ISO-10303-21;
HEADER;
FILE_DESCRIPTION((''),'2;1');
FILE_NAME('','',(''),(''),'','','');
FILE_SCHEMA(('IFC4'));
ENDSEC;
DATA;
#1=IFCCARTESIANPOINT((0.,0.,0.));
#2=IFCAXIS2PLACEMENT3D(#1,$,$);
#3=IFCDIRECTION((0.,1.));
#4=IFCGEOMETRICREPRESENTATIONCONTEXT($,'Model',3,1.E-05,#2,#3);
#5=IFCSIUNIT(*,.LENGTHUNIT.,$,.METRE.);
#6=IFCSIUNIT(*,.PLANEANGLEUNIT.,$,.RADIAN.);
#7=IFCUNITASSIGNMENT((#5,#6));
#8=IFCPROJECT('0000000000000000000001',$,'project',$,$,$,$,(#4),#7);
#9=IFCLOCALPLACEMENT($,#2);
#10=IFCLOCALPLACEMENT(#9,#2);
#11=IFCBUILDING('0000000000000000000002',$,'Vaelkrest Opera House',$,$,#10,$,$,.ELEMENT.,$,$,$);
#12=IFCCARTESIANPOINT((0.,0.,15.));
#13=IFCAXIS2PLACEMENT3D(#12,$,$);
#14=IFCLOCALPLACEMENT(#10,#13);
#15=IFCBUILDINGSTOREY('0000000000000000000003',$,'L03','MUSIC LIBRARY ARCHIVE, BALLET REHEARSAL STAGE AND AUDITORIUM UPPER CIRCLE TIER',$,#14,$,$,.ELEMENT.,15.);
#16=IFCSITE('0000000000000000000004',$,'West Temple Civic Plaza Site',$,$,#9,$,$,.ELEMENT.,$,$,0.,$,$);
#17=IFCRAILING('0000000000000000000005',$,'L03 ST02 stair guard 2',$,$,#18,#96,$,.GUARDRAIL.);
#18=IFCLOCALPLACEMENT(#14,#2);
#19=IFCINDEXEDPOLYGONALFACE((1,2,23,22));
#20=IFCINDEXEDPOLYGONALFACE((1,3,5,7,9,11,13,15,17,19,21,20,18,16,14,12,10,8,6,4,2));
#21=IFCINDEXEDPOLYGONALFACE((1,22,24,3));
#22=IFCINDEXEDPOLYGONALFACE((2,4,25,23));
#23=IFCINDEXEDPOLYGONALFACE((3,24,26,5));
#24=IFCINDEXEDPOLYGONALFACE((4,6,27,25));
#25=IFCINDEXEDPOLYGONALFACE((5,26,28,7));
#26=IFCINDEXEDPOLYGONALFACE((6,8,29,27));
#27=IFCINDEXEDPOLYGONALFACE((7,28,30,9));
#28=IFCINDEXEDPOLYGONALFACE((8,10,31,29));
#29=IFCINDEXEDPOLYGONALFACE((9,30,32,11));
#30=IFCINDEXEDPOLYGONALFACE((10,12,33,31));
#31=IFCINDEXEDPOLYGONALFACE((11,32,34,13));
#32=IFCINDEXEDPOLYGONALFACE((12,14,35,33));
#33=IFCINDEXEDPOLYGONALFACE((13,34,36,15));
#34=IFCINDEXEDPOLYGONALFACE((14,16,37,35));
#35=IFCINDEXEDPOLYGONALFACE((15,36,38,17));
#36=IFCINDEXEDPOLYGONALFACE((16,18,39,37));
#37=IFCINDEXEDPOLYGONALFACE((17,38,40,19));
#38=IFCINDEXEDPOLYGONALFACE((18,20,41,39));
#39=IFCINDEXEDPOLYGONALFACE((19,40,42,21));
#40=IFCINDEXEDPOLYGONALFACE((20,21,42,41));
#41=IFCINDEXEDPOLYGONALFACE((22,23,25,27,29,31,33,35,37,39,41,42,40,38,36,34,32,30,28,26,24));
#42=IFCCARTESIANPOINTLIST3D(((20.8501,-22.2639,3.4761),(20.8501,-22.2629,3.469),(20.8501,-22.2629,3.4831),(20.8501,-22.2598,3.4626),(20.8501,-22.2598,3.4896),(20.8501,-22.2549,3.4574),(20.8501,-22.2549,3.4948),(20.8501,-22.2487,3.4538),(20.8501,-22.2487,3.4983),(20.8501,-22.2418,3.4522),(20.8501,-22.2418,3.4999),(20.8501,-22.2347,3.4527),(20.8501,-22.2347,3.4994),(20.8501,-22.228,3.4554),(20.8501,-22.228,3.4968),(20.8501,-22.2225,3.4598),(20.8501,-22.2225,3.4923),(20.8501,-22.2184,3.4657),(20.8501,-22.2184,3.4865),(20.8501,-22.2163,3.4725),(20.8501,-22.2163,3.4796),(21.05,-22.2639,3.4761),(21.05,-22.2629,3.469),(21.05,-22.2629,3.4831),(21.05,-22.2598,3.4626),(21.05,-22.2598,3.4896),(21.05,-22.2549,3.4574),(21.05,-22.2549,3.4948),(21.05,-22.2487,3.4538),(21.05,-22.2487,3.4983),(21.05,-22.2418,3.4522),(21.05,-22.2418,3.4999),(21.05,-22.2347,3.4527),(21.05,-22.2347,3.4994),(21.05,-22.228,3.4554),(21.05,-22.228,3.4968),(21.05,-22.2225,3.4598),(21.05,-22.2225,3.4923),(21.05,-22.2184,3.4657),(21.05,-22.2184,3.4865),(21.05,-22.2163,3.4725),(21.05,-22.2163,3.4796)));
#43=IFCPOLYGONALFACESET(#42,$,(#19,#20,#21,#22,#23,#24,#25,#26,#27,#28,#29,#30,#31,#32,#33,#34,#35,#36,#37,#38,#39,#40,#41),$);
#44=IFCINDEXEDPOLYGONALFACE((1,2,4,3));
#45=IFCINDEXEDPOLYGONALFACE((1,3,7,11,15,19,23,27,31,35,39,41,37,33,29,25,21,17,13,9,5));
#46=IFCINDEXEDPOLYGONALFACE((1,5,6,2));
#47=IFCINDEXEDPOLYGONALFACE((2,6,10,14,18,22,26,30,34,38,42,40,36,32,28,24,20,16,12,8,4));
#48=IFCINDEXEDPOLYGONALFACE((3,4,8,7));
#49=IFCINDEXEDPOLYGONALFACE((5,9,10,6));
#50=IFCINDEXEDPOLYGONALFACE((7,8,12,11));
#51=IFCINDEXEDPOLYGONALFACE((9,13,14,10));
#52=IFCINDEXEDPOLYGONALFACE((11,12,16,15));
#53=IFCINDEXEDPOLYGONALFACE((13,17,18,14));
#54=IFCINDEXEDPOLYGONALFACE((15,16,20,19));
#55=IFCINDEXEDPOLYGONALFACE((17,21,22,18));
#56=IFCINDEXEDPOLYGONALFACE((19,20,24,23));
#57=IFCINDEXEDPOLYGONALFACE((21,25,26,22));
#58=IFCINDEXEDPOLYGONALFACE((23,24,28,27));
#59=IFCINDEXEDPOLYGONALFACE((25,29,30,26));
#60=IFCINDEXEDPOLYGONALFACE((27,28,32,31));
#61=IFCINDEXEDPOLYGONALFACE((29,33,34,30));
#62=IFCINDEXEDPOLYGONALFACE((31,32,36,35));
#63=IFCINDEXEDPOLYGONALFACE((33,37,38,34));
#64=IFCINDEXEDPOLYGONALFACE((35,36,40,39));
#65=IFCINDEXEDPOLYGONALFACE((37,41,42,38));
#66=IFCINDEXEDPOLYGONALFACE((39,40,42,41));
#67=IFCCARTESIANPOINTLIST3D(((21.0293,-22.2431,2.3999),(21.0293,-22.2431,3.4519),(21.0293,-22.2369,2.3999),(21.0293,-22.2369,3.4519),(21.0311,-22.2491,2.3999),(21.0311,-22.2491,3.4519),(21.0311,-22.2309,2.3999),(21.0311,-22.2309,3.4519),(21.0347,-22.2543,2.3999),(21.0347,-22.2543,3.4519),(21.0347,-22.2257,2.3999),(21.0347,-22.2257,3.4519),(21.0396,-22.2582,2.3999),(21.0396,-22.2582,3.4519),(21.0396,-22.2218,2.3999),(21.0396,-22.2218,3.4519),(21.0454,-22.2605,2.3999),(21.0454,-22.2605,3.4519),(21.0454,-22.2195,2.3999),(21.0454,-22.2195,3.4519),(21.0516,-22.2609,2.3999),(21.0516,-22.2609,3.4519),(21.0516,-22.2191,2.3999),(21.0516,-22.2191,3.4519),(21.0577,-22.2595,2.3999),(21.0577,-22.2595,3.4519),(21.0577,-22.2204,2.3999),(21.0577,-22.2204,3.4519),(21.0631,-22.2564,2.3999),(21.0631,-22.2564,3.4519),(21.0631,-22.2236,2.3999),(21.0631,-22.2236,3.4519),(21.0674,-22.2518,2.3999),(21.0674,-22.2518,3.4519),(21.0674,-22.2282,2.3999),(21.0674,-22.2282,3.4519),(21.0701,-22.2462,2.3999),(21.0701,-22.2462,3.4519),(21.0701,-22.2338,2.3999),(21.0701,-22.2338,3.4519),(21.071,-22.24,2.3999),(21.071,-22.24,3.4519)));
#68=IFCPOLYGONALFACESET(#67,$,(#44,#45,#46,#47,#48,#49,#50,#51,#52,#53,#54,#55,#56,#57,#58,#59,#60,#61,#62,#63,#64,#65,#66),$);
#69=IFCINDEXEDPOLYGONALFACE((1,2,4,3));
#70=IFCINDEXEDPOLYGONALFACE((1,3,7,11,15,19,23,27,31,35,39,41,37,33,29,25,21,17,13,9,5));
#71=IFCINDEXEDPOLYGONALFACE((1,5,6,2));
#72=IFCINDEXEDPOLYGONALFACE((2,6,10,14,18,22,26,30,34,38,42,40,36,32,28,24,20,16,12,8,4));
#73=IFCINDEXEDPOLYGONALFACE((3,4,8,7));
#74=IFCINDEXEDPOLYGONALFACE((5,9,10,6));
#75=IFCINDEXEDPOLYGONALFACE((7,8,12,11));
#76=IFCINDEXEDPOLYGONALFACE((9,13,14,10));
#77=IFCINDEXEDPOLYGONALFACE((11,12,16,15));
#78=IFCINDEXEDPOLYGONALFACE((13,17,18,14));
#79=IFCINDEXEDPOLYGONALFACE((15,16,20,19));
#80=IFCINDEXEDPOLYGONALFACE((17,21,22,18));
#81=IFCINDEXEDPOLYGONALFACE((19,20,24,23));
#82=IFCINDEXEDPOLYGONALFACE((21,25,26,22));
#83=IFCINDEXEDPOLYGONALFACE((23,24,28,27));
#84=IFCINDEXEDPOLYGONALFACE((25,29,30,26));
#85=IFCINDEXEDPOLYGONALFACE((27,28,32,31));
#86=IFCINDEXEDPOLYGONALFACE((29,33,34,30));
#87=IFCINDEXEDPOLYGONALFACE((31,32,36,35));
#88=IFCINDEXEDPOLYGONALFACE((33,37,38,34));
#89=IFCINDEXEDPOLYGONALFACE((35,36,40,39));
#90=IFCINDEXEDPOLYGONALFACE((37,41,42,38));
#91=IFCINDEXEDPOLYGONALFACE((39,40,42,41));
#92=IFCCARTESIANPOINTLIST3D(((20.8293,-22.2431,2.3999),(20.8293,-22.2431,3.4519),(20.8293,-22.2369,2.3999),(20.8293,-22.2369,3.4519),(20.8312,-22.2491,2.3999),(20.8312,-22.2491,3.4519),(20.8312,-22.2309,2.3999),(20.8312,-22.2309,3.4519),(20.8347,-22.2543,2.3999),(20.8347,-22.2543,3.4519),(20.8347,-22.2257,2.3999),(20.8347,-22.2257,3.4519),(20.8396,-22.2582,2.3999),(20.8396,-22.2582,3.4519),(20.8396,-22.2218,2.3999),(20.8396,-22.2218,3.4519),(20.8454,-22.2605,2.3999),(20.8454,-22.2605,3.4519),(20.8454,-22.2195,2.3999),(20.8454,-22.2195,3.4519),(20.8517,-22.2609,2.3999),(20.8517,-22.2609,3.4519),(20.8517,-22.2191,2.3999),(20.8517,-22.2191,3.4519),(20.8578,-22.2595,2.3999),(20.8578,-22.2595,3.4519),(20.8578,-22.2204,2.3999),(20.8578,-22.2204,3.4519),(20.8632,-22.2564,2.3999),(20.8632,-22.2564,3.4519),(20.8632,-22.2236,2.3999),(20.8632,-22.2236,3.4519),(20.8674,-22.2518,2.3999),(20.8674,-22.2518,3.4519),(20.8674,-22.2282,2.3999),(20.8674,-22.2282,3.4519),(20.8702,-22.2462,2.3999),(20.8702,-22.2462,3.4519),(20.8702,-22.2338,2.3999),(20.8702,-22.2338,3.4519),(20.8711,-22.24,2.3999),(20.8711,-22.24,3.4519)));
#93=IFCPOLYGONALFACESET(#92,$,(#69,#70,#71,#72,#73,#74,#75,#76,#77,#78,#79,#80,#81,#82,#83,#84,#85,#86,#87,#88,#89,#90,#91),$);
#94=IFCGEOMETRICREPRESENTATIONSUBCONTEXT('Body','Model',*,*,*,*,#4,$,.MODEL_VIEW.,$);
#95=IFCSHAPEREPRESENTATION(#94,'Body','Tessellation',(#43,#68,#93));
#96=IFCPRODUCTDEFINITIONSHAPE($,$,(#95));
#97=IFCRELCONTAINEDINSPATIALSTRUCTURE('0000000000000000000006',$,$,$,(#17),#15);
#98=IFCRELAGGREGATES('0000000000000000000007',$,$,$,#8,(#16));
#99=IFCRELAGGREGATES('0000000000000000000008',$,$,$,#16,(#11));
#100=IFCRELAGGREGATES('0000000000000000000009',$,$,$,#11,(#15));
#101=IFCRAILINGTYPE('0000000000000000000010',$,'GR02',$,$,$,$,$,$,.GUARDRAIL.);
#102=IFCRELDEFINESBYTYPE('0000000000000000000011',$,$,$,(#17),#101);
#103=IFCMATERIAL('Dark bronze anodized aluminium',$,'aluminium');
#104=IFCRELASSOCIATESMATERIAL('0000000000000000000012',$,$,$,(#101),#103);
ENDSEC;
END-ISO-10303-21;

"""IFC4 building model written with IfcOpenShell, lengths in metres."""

from ifc_helpers import new_model, si_unit, direction, frame, origin, origin_2d, place, context, subcontext, project, spatial, circle, extrude, material, type_object, element, save


model = new_model("IFC4")

# Units and contexts
model_context = context("Model", 3, precision=1e-05, world=origin(), true_north=direction((0.0, 1.0)))
body_context = subcontext(model_context, "Body", "Model", "MODEL_VIEW")
ifc_project = project(units=[si_unit("LENGTHUNIT", "METRE"), si_unit("PLANEANGLEUNIT", "RADIAN")], contexts=[model_context])

# Site, building, storey
site_placement = place(None, origin())
site = spatial("IfcSite", under=ifc_project, at=site_placement, Name="West Temple Civic Plaza Site", CompositionType="ELEMENT", RefElevation=0.0)
building_placement = place(site_placement, origin())
building = spatial("IfcBuilding", under=site, at=building_placement, Name="Vaelkrest Opera House", CompositionType="ELEMENT")
storey_placement = place(building_placement, frame((0.0, 0.0, 15.0)))
storey = spatial("IfcBuildingStorey", under=building, at=storey_placement, Name="L03", Description="MUSIC LIBRARY ARCHIVE, BALLET REHEARSAL STAGE AND AUDITORIUM UPPER CIRCLE TIER", CompositionType="ELEMENT", Elevation=15.0)

# Shared definitions
ifc_material_1 = material(Name="Dark bronze anodized aluminium", Category="aluminium")

# Railing
railing_type_1 = type_object("IfcRailingType", Name="GR02", PredefinedType="GUARDRAIL", material=ifc_material_1)
railing_1_placement = place(storey_placement, frame((21.05, -22.24, 2.3999)))
element("IfcRailing", 1, at=railing_1_placement, inside=storey, type_object=railing_type_1, Name="L03 ST02 stair guard 2", PredefinedType="GUARDRAIL", context=body_context, shape_type="SweptSolid", body=[
    extrude(circle(Radius=0.0239, at=origin_2d()), frame((0.0, 0.0, 1.0762), z_axis=(-1.0, 0.0, 0.0), x_axis=(0.0, -1.0, 0.0)), (0.0, 0.0, 1.0), 0.2),
    extrude(circle(Radius=0.021, at=origin_2d()), origin(), (0.0, 0.0, 1.0), 1.052),
    extrude(circle(Radius=0.021, at=origin_2d()), frame((-0.2, 0.0, 0.0)), (0.0, 0.0, 1.0), 1.052),
])

save(model, "model.ifc")
